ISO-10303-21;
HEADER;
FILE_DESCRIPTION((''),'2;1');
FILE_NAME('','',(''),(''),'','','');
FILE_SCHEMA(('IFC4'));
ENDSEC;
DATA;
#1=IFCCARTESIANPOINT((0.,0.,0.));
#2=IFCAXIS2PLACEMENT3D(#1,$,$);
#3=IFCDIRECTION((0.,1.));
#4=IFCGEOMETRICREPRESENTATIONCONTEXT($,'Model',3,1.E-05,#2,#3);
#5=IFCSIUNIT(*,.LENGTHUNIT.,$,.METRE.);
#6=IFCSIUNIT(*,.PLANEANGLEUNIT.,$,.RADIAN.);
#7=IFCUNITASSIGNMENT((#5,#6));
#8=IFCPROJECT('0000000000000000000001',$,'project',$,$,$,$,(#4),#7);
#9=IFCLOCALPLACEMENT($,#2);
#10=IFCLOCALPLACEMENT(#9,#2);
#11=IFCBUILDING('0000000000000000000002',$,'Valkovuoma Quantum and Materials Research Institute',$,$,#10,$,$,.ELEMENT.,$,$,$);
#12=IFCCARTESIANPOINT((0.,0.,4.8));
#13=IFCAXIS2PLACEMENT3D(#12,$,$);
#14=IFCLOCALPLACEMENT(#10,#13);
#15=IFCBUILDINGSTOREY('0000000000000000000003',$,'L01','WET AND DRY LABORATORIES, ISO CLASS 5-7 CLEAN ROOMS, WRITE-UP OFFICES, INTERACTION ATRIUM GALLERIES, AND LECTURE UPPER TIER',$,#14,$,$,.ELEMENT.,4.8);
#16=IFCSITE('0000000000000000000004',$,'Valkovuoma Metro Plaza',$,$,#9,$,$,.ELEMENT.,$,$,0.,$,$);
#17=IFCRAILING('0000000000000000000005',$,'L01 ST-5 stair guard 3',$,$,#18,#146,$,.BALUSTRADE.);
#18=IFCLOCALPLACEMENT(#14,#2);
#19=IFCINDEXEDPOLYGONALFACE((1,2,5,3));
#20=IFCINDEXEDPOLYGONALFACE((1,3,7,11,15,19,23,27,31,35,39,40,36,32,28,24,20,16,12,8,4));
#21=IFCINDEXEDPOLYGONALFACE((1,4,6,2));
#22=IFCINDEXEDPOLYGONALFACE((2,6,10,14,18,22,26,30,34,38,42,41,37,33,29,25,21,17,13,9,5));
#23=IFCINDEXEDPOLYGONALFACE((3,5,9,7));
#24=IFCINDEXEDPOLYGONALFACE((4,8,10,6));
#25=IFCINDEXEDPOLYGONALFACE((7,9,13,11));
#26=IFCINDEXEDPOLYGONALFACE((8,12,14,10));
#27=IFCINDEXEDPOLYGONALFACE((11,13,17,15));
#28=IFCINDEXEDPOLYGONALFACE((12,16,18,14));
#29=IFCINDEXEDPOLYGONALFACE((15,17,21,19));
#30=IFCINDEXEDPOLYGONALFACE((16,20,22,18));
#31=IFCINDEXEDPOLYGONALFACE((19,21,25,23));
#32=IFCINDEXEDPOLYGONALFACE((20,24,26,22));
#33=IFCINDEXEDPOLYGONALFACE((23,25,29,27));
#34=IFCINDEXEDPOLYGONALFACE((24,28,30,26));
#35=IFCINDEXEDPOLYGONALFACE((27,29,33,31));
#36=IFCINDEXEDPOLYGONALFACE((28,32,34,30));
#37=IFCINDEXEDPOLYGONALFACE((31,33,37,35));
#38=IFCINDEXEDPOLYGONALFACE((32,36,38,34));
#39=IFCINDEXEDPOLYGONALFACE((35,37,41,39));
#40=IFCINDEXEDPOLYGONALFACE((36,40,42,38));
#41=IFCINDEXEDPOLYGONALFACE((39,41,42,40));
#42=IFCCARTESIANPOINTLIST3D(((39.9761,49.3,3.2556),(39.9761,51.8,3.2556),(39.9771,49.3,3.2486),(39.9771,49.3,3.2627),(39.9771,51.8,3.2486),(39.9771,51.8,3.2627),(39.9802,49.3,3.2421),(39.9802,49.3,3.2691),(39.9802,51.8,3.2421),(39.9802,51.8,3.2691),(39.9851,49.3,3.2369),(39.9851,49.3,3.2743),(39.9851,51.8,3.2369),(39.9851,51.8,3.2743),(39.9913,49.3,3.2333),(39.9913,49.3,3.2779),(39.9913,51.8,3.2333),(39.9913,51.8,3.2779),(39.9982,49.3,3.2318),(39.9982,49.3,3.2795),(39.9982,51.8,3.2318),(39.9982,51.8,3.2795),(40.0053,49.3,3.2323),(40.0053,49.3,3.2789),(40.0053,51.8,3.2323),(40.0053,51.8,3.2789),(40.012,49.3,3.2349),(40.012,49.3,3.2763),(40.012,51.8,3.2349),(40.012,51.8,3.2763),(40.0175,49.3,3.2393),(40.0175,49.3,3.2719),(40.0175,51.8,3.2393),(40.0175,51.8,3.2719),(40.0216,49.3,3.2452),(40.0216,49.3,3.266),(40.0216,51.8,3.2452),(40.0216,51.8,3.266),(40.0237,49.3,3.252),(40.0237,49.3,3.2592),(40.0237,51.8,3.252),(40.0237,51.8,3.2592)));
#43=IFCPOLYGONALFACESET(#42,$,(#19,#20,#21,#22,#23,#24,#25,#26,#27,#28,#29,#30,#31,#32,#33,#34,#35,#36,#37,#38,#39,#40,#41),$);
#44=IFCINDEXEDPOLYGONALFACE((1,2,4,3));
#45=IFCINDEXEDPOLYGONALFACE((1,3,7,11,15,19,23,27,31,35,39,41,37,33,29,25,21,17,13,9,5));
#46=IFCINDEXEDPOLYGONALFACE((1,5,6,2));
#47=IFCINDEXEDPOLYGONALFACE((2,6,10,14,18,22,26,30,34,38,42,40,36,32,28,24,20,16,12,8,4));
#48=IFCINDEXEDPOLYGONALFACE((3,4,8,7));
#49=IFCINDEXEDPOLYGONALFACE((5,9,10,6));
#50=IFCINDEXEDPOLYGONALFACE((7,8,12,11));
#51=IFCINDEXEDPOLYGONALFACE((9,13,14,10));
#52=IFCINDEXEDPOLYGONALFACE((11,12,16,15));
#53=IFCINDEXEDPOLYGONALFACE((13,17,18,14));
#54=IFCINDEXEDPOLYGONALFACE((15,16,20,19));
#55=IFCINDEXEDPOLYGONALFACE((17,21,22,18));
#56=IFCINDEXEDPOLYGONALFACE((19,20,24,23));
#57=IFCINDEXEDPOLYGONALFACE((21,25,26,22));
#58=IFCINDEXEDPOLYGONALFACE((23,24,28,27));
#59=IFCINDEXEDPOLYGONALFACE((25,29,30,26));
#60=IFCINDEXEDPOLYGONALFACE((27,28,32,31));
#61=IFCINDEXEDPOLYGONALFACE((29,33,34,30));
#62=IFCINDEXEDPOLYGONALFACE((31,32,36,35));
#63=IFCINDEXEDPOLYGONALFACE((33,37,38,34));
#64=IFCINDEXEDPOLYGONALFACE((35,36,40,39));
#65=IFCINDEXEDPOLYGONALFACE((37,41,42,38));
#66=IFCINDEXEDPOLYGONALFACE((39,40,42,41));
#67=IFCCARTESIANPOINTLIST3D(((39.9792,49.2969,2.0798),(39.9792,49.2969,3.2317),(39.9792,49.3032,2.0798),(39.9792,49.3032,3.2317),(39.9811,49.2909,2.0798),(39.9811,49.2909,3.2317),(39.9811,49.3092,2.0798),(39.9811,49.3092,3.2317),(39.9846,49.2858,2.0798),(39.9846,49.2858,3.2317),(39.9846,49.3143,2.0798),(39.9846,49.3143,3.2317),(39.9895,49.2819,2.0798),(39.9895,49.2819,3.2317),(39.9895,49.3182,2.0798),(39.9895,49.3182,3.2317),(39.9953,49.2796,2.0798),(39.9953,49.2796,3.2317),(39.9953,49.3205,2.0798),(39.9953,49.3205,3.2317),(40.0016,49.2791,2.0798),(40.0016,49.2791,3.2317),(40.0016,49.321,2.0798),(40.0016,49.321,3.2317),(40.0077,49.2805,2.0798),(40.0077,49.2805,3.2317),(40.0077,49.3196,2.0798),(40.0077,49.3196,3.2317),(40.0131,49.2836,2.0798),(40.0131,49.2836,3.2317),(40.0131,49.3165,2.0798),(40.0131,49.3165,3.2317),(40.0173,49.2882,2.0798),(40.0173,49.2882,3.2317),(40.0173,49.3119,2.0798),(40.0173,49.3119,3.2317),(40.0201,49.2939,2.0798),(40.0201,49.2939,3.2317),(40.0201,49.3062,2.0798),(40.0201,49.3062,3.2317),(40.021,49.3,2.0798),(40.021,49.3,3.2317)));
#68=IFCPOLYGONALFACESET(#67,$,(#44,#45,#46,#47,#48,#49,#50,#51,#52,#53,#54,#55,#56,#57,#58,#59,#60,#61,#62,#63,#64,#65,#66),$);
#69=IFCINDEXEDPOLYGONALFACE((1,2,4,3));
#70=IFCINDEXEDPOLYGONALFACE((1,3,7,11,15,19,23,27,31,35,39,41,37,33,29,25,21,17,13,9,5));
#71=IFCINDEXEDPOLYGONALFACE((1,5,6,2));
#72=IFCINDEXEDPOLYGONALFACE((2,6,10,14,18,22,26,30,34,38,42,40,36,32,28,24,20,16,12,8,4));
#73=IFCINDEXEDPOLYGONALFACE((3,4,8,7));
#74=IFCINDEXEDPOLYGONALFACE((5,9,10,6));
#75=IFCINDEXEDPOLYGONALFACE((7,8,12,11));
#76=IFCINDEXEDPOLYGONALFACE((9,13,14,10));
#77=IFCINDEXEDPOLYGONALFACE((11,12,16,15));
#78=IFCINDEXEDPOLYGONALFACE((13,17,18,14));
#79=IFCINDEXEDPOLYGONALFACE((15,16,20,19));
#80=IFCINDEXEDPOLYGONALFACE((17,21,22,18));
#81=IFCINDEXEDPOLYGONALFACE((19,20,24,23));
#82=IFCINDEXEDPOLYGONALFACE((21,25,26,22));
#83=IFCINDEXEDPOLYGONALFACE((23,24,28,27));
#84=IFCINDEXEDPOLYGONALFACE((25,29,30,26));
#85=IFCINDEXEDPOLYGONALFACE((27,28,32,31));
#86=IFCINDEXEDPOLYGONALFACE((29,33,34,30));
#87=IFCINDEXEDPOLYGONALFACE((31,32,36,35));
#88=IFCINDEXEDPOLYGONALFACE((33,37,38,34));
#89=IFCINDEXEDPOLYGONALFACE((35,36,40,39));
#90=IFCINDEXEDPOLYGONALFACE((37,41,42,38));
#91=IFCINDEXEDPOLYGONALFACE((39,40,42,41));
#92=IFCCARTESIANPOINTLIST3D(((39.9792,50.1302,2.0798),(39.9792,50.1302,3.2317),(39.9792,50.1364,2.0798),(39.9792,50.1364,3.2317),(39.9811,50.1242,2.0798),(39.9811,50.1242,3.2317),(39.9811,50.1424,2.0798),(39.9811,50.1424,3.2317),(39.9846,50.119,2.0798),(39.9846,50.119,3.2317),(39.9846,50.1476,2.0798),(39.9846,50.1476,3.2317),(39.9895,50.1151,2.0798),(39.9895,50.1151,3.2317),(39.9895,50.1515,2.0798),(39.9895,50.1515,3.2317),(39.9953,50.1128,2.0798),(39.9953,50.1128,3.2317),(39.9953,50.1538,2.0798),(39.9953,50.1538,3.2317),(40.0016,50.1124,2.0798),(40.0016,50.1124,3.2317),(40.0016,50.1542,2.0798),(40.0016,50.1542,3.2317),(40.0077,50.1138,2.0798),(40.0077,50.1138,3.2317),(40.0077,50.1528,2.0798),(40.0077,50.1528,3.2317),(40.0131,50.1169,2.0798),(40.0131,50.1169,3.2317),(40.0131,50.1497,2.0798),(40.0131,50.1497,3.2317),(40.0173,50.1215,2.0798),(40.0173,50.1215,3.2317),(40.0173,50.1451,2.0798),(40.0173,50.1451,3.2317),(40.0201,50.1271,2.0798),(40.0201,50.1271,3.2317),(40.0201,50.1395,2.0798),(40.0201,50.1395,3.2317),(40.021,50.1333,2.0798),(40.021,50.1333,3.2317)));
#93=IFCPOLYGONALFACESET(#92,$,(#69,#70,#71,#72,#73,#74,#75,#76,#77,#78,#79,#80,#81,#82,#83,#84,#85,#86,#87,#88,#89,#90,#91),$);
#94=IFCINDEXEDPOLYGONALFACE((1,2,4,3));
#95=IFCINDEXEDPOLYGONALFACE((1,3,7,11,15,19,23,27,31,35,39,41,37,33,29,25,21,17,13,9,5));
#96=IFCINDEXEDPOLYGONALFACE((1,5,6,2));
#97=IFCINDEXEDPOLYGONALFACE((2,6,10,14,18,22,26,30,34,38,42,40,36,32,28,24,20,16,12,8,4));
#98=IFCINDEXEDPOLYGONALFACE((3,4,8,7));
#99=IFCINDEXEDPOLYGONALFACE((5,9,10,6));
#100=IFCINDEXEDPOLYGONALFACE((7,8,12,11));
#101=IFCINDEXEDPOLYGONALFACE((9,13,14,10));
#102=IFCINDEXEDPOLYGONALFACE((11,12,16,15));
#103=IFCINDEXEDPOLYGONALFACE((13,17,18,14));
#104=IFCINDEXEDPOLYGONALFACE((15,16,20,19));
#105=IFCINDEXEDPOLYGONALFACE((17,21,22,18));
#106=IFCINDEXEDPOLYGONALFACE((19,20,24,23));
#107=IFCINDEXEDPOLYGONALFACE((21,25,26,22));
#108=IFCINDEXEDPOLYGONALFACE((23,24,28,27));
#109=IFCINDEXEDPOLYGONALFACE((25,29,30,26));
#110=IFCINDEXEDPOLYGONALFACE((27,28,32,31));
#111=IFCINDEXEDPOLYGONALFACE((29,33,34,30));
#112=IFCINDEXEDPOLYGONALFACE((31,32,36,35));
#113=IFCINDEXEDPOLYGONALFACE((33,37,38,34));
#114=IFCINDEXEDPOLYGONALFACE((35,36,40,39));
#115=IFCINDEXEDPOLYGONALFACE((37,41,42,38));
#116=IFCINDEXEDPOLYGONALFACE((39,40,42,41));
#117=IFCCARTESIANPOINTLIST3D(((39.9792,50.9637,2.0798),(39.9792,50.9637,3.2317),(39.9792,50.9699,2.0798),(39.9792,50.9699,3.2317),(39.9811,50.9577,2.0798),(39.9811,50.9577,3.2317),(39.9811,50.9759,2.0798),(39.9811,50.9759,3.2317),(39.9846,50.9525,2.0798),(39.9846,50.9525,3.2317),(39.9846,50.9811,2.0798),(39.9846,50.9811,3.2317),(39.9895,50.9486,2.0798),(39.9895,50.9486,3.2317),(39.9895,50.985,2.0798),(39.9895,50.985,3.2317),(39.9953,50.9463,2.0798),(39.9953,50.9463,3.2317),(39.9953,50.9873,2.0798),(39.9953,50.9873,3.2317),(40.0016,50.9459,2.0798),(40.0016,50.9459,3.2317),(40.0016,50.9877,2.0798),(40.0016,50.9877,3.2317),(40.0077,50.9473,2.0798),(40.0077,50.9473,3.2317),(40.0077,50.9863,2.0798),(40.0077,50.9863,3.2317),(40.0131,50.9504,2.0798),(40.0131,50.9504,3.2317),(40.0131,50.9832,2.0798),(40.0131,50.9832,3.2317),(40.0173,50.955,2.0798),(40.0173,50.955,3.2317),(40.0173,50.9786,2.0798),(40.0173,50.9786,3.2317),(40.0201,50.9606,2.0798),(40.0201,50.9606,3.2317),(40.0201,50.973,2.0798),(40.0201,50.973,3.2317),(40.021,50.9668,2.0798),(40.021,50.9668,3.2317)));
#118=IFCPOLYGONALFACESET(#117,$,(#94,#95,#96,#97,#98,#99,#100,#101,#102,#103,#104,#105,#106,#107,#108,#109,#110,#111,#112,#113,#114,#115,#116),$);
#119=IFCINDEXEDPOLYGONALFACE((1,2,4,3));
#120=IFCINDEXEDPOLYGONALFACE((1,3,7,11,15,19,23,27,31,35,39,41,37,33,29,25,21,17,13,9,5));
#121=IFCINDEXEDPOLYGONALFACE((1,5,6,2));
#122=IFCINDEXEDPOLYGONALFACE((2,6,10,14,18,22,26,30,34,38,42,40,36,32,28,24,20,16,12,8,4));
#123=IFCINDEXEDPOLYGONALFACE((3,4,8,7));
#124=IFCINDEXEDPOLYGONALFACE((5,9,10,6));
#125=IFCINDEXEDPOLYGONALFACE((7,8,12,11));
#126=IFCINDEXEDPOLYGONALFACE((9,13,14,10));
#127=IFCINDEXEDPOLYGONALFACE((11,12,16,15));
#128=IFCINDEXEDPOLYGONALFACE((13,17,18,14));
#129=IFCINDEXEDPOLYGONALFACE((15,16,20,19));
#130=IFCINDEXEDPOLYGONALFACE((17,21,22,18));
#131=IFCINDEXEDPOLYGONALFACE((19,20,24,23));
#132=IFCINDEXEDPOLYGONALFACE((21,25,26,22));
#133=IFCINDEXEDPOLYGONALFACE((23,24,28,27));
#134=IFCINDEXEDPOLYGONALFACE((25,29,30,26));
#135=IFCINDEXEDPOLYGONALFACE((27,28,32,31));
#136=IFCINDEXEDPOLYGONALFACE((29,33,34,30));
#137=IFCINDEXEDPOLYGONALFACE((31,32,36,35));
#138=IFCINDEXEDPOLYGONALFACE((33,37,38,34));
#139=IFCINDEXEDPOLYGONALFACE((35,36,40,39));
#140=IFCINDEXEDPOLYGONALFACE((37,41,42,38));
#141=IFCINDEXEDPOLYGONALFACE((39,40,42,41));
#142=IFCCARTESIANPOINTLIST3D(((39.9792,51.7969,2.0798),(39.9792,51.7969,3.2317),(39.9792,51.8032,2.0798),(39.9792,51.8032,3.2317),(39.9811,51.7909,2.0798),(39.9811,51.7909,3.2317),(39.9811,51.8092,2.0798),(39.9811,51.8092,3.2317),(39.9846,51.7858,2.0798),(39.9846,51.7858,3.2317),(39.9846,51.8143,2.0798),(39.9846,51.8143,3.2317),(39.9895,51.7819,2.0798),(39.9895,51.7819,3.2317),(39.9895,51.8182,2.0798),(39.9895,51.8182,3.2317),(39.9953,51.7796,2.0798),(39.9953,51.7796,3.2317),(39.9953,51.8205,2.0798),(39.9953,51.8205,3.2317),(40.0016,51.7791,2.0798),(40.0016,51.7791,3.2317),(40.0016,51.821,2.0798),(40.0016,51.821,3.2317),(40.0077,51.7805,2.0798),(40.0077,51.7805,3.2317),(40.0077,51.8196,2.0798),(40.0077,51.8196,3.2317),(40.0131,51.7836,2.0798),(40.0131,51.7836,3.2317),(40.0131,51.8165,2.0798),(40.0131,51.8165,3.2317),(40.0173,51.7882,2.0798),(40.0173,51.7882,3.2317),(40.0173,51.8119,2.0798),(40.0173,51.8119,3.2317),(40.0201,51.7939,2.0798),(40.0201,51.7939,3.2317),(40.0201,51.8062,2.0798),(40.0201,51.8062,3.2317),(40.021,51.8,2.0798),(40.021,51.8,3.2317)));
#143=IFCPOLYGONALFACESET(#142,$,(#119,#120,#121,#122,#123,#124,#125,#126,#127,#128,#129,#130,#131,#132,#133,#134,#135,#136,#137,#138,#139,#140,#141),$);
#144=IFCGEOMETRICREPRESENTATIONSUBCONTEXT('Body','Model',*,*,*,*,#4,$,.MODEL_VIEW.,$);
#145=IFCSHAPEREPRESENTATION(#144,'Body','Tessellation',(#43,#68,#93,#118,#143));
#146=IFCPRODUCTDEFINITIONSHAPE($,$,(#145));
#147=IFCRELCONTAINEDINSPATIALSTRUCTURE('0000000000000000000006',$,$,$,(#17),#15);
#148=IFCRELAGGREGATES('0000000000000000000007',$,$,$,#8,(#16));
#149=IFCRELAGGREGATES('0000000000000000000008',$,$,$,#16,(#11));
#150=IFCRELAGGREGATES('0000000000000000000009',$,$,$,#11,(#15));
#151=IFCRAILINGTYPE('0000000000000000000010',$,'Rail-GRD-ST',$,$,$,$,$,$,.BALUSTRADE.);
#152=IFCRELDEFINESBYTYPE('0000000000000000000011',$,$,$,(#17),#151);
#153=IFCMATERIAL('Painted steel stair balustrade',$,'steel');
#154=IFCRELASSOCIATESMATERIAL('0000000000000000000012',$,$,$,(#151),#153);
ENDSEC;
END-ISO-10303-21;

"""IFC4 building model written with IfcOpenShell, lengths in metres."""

from ifc_helpers import new_model, si_unit, direction, frame, origin, origin_2d, place, context, subcontext, project, spatial, circle, extrude, material, type_object, element, save


model = new_model("IFC4")

# Units and contexts
model_context = context("Model", 3, precision=1e-05, world=origin(), true_north=direction((0.0, 1.0)))
body_context = subcontext(model_context, "Body", "Model", "MODEL_VIEW")
ifc_project = project(units=[si_unit("LENGTHUNIT", "METRE"), si_unit("PLANEANGLEUNIT", "RADIAN")], contexts=[model_context])

# Site, building, storey
site_placement = place(None, origin())
site = spatial("IfcSite", under=ifc_project, at=site_placement, Name="Valkovuoma Metro Plaza", CompositionType="ELEMENT", RefElevation=0.0)
building_placement = place(site_placement, origin())
building = spatial("IfcBuilding", under=site, at=building_placement, Name="Valkovuoma Quantum and Materials Research Institute", CompositionType="ELEMENT")
storey_placement = place(building_placement, frame((0.0, 0.0, 4.8)))
storey = spatial("IfcBuildingStorey", under=building, at=storey_placement, Name="L01", Description="WET AND DRY LABORATORIES, ISO CLASS 5-7 CLEAN ROOMS, WRITE-UP OFFICES, INTERACTION ATRIUM GALLERIES, AND LECTURE UPPER TIER", CompositionType="ELEMENT", Elevation=4.8)

# Railing
ifc_material_1 = material(Name="Painted steel stair balustrade", Category="steel")
railing_type_1 = type_object("IfcRailingType", Name="Rail-GRD-ST", PredefinedType="BALUSTRADE", material=ifc_material_1)
for number, where, name in (
    (1, (40.0, 49.3, 2.0798), "L01 ST-5 stair guard 3"),
):
    element("IfcRailing", number, at=place(storey_placement, frame(where)), inside=storey, type_object=railing_type_1, Name=name, PredefinedType="BALUSTRADE", context=body_context, shape_type="SweptSolid", body=[
        extrude(circle(Radius=0.0239, at=origin_2d()), frame((0.0, 0.0, 1.1758), z_axis=(0.0, 1.0, 0.0), x_axis=(-1.0, 0.0, 0.0)), (0.0, 0.0, 1.0), 2.5),
        extrude(circle(Radius=0.021, at=origin_2d()), origin(), (0.0, 0.0, 1.0), 1.1519),
        extrude(circle(Radius=0.021, at=origin_2d()), frame((0.0, 0.8333, 0.0)), (0.0, 0.0, 1.0), 1.1519),
        extrude(circle(Radius=0.021, at=origin_2d()), frame((0.0, 1.6667, 0.0)), (0.0, 0.0, 1.0), 1.1519),
        extrude(circle(Radius=0.021, at=origin_2d()), frame((0.0, 2.5, 0.0)), (0.0, 0.0, 1.0), 1.1519),
    ])

save(model, "model.ifc")
